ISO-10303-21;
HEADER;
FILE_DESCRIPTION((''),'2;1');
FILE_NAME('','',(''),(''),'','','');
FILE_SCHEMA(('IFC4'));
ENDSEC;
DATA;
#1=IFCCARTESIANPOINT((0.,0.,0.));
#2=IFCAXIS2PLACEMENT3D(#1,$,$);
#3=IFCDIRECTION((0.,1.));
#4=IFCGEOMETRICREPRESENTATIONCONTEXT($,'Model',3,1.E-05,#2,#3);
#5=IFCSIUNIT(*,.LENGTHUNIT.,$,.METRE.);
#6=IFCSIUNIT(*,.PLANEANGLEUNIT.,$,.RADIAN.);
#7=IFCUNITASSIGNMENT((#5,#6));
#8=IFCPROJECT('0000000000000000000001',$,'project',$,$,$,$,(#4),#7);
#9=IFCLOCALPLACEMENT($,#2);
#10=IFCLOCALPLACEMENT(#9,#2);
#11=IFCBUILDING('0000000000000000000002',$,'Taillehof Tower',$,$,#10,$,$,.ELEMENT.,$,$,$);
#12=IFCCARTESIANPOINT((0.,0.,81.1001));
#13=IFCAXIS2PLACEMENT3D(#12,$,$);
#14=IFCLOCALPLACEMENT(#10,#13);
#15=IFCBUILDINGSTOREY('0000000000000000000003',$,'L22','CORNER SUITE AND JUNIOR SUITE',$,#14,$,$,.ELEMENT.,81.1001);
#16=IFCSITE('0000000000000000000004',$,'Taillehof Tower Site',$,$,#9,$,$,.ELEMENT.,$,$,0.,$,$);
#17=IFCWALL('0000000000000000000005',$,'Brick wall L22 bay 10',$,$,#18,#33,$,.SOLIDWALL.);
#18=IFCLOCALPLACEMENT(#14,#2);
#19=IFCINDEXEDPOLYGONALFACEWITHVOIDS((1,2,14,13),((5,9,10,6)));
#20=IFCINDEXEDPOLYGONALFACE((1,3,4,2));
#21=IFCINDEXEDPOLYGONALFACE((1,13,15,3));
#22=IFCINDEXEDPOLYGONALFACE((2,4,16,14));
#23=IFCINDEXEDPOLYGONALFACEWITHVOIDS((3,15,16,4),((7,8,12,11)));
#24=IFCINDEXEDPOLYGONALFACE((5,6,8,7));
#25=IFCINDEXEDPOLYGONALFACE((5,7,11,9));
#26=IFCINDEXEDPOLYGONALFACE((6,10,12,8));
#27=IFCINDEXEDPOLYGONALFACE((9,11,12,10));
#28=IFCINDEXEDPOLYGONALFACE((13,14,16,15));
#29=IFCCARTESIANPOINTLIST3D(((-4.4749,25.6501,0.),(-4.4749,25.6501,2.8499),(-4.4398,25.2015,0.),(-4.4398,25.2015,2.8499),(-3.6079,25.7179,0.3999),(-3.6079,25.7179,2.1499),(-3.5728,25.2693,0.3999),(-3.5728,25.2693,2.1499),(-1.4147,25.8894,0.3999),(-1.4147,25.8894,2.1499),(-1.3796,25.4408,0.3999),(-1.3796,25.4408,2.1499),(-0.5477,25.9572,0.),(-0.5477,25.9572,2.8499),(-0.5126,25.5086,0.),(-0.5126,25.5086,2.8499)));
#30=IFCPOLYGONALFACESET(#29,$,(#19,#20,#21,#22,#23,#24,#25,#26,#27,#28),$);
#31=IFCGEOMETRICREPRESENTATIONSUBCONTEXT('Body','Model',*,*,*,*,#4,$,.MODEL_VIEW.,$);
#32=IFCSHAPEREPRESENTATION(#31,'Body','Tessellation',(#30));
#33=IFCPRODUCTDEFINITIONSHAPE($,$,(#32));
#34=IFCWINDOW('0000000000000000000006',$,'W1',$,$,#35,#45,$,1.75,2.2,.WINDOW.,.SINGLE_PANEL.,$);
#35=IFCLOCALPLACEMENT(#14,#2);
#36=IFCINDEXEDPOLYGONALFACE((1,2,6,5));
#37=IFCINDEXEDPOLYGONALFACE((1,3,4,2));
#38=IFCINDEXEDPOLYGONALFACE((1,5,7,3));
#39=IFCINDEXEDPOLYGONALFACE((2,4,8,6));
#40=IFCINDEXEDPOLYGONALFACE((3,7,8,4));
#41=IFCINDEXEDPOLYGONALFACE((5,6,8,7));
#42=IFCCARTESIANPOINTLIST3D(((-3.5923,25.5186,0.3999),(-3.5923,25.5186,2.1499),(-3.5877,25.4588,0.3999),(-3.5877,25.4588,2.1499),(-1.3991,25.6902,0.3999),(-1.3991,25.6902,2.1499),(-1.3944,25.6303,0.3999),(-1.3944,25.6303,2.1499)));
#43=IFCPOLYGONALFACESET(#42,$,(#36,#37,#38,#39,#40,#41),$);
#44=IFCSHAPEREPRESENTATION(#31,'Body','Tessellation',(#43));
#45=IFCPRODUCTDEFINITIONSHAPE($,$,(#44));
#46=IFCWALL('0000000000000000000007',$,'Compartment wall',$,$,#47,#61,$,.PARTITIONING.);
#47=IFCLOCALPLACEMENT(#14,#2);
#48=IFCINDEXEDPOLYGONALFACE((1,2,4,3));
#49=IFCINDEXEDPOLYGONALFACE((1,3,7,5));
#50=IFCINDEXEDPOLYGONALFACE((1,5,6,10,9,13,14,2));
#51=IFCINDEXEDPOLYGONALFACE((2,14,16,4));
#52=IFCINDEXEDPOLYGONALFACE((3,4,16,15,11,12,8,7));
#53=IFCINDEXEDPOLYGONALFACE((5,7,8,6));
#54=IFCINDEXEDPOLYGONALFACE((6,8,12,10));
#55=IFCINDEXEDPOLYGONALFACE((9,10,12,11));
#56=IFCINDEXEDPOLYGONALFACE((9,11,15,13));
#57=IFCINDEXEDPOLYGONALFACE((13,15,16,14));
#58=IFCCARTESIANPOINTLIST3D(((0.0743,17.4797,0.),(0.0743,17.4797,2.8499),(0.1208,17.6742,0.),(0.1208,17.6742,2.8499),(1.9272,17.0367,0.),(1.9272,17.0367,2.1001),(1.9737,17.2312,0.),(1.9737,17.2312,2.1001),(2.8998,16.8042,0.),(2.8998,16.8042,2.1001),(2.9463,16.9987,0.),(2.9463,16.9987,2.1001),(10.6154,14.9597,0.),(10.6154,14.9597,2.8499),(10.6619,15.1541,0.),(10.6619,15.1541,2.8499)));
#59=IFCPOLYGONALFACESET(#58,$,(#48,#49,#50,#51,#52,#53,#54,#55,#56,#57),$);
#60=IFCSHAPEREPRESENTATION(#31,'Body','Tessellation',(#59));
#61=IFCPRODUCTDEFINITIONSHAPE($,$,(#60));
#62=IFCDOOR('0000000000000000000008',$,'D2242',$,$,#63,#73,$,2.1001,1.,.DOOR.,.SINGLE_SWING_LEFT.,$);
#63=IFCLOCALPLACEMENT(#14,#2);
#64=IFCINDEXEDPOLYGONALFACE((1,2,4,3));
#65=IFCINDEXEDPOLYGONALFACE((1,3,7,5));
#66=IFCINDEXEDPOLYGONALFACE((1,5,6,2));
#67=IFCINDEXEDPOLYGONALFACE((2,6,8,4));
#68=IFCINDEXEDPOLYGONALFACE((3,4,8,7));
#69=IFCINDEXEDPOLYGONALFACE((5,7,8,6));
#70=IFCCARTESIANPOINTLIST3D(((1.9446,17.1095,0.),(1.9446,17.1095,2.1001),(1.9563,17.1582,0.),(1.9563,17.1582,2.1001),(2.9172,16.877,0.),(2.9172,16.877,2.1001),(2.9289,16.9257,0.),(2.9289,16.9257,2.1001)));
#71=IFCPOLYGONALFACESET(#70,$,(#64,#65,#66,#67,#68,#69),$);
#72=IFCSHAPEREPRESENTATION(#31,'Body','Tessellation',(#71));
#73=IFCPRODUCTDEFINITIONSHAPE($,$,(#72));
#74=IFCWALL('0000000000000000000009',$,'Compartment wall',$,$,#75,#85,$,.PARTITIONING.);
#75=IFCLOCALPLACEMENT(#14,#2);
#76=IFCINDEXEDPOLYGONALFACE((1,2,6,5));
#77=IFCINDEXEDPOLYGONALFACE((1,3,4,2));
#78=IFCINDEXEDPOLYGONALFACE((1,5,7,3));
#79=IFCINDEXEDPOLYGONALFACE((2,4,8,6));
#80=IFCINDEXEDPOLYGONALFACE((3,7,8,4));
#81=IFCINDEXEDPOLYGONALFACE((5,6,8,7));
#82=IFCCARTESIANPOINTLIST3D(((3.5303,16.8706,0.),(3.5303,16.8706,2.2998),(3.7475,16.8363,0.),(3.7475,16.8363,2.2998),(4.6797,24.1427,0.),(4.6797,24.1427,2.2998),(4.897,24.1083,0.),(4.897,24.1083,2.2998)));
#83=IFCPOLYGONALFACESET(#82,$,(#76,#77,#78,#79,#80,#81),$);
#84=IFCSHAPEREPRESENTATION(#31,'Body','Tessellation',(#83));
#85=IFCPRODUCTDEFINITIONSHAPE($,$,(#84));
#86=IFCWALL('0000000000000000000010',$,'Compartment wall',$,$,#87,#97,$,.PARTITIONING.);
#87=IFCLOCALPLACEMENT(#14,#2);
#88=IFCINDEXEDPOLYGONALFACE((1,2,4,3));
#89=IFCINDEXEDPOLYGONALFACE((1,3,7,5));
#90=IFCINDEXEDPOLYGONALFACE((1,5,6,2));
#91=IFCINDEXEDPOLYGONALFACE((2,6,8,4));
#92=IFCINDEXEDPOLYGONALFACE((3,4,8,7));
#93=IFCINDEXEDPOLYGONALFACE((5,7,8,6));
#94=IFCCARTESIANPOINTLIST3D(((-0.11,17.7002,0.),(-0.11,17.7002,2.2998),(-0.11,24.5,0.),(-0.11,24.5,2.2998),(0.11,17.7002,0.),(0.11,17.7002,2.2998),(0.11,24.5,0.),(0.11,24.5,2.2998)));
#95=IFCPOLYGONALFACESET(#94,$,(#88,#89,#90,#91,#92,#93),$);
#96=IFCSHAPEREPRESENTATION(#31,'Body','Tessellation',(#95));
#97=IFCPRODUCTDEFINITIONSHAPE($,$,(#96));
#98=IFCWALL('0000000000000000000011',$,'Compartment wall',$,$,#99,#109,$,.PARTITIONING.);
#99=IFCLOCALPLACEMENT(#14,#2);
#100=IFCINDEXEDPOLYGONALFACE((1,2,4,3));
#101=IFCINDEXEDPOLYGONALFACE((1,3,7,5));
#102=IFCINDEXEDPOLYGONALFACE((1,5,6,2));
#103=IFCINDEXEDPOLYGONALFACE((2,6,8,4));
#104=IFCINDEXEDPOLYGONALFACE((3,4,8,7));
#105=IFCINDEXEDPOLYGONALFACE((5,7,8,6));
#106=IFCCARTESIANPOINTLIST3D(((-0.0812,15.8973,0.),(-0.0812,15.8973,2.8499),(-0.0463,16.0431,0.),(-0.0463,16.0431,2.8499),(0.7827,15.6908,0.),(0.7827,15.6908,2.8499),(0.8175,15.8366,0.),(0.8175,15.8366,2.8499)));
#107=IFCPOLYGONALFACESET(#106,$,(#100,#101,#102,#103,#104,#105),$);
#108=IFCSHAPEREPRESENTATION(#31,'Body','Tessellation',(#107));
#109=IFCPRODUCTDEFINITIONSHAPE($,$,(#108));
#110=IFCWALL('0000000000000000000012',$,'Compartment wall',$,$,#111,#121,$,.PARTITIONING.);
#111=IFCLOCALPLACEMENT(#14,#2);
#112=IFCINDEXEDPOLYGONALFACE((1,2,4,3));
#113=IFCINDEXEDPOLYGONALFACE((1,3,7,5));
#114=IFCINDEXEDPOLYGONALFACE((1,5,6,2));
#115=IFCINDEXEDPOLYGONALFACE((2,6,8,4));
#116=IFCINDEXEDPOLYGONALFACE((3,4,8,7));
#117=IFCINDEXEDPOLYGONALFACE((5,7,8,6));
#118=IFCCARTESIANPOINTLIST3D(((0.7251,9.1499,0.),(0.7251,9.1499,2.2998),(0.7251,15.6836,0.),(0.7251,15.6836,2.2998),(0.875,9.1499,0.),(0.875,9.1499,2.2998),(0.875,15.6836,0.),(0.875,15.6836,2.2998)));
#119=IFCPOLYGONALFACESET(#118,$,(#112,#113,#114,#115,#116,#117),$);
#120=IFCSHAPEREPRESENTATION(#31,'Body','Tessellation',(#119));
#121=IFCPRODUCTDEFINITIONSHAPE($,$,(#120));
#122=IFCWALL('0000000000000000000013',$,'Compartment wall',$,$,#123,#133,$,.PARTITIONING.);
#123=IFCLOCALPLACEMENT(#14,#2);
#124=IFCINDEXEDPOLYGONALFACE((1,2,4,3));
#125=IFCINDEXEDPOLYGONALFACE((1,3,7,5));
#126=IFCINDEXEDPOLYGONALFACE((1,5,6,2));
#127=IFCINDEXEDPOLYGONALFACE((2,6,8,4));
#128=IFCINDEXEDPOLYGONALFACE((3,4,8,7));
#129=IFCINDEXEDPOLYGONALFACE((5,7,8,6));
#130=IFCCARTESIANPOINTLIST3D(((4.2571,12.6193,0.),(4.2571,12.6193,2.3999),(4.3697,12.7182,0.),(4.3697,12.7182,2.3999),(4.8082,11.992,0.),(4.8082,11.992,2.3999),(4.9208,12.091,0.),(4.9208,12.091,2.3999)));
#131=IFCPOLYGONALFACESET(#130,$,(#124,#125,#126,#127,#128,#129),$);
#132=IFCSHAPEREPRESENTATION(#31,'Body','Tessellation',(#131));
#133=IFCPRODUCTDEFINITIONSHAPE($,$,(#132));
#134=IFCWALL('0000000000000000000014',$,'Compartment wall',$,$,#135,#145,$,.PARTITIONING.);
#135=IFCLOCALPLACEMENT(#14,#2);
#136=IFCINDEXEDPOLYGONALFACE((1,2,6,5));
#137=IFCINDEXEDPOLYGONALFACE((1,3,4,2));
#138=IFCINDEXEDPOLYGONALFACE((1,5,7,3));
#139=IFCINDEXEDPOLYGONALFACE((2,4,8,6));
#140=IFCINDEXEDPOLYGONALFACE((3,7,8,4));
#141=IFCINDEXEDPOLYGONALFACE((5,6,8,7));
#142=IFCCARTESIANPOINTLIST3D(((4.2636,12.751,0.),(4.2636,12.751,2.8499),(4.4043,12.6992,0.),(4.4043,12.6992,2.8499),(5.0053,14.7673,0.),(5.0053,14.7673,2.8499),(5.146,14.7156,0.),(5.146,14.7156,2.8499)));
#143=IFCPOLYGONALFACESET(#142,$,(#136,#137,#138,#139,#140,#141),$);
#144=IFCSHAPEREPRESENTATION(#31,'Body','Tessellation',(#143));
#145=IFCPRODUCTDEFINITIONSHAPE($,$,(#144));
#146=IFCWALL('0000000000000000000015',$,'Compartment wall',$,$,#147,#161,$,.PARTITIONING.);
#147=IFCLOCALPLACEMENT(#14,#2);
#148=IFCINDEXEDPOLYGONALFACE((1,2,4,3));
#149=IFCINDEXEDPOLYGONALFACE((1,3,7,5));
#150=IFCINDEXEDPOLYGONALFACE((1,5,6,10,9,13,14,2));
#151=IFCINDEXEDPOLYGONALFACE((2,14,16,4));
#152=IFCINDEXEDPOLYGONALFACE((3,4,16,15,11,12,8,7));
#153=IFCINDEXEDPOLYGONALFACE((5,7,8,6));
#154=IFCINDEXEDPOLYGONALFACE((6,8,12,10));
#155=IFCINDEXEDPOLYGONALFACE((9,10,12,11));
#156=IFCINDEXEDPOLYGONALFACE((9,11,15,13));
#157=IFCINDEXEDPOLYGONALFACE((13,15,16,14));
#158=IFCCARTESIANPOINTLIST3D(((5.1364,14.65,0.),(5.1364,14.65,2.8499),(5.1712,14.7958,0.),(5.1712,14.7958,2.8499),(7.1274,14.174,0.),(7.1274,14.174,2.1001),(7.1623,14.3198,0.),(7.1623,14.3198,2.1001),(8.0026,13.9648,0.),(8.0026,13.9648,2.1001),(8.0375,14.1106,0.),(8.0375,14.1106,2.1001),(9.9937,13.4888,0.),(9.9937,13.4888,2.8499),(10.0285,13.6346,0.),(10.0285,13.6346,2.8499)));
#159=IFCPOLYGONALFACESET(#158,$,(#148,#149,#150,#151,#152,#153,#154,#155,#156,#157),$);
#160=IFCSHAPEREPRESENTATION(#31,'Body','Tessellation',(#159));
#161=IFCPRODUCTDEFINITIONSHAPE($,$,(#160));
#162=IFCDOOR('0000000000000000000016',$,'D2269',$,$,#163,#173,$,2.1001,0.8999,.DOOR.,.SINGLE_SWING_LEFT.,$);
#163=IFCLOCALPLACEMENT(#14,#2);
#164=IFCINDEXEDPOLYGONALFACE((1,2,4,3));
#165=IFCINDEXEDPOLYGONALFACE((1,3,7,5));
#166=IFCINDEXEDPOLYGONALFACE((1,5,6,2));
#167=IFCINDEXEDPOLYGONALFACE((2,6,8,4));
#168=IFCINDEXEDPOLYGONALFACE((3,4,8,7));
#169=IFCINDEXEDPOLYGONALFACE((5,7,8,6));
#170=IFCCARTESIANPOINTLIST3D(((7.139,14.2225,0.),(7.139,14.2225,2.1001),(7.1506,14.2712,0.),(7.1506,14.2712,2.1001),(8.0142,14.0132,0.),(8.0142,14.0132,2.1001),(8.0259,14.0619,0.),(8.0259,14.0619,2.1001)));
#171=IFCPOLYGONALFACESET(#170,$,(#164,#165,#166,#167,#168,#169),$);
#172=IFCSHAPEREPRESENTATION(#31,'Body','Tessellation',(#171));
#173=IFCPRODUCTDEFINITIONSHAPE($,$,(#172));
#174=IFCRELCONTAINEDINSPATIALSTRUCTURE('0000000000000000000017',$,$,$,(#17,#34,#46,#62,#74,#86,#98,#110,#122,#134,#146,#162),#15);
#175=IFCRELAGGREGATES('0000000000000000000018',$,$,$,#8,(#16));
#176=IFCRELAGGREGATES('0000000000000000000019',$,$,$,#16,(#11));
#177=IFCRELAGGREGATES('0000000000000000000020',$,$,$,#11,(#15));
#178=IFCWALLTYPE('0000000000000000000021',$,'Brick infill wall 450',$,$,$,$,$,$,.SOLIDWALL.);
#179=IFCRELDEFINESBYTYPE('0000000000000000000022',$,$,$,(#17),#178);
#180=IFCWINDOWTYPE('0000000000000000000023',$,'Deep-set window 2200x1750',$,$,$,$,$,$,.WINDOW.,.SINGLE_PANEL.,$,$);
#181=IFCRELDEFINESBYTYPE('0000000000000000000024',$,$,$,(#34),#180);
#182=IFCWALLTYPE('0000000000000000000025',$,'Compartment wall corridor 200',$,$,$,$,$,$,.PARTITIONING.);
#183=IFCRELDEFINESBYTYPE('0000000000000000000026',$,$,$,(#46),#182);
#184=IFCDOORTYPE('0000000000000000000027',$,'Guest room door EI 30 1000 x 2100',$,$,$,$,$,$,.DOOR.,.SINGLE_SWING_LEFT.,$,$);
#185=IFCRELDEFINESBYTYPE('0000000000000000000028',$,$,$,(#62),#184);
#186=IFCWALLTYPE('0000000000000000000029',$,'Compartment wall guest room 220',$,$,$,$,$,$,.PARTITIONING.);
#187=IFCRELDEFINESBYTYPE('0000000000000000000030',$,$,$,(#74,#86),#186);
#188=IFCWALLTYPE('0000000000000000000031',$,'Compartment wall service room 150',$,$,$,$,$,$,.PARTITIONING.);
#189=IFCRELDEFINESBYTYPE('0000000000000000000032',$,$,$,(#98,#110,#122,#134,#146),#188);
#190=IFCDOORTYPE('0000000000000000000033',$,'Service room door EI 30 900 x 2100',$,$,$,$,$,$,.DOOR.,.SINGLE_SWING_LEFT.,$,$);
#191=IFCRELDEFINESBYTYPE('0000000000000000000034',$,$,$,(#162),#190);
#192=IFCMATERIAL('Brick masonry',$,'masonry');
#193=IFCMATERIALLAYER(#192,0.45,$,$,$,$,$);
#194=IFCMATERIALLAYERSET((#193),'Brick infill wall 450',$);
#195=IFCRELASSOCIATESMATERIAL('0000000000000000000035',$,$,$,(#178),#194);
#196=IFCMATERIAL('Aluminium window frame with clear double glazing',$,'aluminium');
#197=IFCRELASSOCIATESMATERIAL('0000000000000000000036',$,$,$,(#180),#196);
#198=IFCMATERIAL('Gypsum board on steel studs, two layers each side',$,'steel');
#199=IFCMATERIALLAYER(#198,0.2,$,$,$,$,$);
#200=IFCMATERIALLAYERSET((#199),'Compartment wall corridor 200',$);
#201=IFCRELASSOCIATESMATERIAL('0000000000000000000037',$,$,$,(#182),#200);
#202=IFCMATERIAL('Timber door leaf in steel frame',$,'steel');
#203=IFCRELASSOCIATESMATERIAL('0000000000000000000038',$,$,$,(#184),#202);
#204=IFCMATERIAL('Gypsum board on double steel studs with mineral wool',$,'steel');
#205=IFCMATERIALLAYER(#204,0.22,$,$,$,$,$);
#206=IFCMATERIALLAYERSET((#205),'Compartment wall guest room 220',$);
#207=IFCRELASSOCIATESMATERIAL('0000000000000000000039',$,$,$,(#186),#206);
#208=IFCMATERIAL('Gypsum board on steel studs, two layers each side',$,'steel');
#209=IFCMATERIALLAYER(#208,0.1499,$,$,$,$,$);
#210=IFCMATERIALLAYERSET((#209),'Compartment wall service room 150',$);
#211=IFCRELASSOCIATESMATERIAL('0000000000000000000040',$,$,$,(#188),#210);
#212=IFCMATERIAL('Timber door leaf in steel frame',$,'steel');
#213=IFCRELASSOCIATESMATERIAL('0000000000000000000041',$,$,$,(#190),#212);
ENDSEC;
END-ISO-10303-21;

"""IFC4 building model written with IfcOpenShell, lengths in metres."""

from ifc_helpers import new_model, si_unit, direction, frame, frame_2d, origin, place, context, subcontext, project, spatial, rectangle, extrude, material, layer, layer_set, type_object, element, fill, save


model = new_model("IFC4")

# Units and contexts
model_context = context("Model", 3, precision=1e-05, world=origin(), true_north=direction((0.0, 1.0)))
body_context = subcontext(model_context, "Body", "Model", "MODEL_VIEW")
ifc_project = project(units=[si_unit("LENGTHUNIT", "METRE"), si_unit("PLANEANGLEUNIT", "RADIAN")], contexts=[model_context])

# Site, building, storey
site_placement = place(None, origin())
site = spatial("IfcSite", under=ifc_project, at=site_placement, Name="Taillehof Tower Site", CompositionType="ELEMENT", RefElevation=0.0)
building_placement = place(site_placement, origin())
building = spatial("IfcBuilding", under=site, at=building_placement, Name="Taillehof Tower", CompositionType="ELEMENT")
storey_placement = place(building_placement, frame((0.0, 0.0, 81.1001)))
storey = spatial("IfcBuildingStorey", under=building, at=storey_placement, Name="L22", Description="CORNER SUITE AND JUNIOR SUITE", CompositionType="ELEMENT", Elevation=81.1001)

# Wall, opening, window
ifc_material_1 = material(Name="Brick masonry", Category="masonry")
ifc_layer_1 = layer(ifc_material_1, 0.45)
ifc_layer_set_1 = layer_set([ifc_layer_1], Name="Brick infill wall 450")
wall_type_1 = type_object("IfcWallType", Name="Brick infill wall 450", PredefinedType="SOLIDWALL", material=ifc_layer_set_1)
ifc_material_2 = material(Name="Aluminium window frame with clear double glazing", Category="aluminium")
window_type = type_object("IfcWindowType", Name="Deep-set window 2200x1750", PartitioningType="SINGLE_PANEL", PredefinedType="WINDOW", material=ifc_material_2)
wall_1_placement = place(storey_placement, frame((-0.53, 25.7329, 0.0), z_axis=(0.0, 0.0, 1.0), x_axis=(-0.996956, -0.077967, 0.0)))
wall_1 = element("IfcWall", 1, at=wall_1_placement, inside=storey, type_object=wall_type_1, Name="Brick wall L22 bay 10", PredefinedType="SOLIDWALL", context=body_context, shape_type="SweptSolid", body=[
    extrude(rectangle(XDim=3.9392, YDim=0.45, at=frame_2d((1.9697, 0.0))), origin(), (0.0, 0.0, 1.0), 2.8499),
])
opening_1_placement = place(wall_1_placement, frame((0.8696, 0.0, 0.3999)))
opening_1 = element("IfcOpeningElement", 2, at=opening_1_placement, cuts=wall_1, PredefinedType="OPENING", context=body_context, shape_type="SweptSolid", body=[
    extrude(rectangle(XDim=2.2, YDim=1.75, at=frame_2d((1.1001, 0.875))), frame((0.0, 0.2349, 0.0), z_axis=(0.0, -1.0, 0.0), x_axis=(1.0, 0.0, 0.0)), (0.0, 0.0, 1.0), 0.47),
])
window_1_placement = place(opening_1_placement, origin())
window_1 = element("IfcWindow", 3, at=window_1_placement, inside=storey, type_object=window_type, Name="W1", OverallHeight=1.75, OverallWidth=2.2, PartitioningType="SINGLE_PANEL", PredefinedType="WINDOW", context=body_context, shape_type="SweptSolid", body=[
    extrude(rectangle(XDim=2.2, YDim=1.75, at=frame_2d((1.1001, 0.875))), frame((0.0, 0.0349, 0.0), z_axis=(0.0, -1.0, 0.0), x_axis=(1.0, 0.0, 0.0)), (0.0, 0.0, 1.0), 0.0601),
])
fill(opening_1, window_1)

# Wall, opening, door
ifc_material_3 = material(Name="Gypsum board on steel studs, two layers each side", Category="steel")
ifc_layer_2 = layer(ifc_material_3, 0.2)
ifc_layer_set_2 = layer_set([ifc_layer_2], Name="Compartment wall corridor 200")
wall_type_2 = type_object("IfcWallType", Name="Compartment wall corridor 200", PredefinedType="PARTITIONING", material=ifc_layer_set_2)
wall_2_placement = place(storey_placement, frame((0.0977, 17.5769, 0.0), z_axis=(0.0, 0.0, 1.0), x_axis=(0.972593, -0.232516, 0.0)))
wall_2 = element("IfcWall", 4, at=wall_2_placement, inside=storey, type_object=wall_type_2, Name="Compartment wall", PredefinedType="PARTITIONING", context=body_context, shape_type="SweptSolid", body=[
    extrude(rectangle(XDim=10.8381, YDim=0.2, at=frame_2d((5.4189, 0.0))), origin(), (0.0, 0.0, 1.0), 2.8499),
])
opening_2_placement = place(wall_2_placement, frame((1.905, 0.0, 0.0)))
opening_2 = element("IfcOpeningElement", 5, at=opening_2_placement, cuts=wall_2, PredefinedType="OPENING", context=body_context, shape_type="SweptSolid", body=[
    extrude(rectangle(XDim=1.0, YDim=2.1001, at=frame_2d((0.5, 1.05))), frame((0.0, 0.1099, 0.0), z_axis=(0.0, -1.0, 0.0), x_axis=(1.0, 0.0, 0.0)), (0.0, 0.0, 1.0), 0.22),
])
ifc_material_4 = material(Name="Timber door leaf in steel frame", Category="steel")
door_type_1 = type_object("IfcDoorType", Name="Guest room door EI 30 1000 x 2100", OperationType="SINGLE_SWING_LEFT", PredefinedType="DOOR", material=ifc_material_4)
door_1_placement = place(opening_2_placement, origin())
door_1 = element("IfcDoor", 6, at=door_1_placement, inside=storey, type_object=door_type_1, Name="D2242", OperationType="SINGLE_SWING_LEFT", OverallHeight=2.1001, OverallWidth=1.0, PredefinedType="DOOR", context=body_context, shape_type="SweptSolid", body=[
    extrude(rectangle(XDim=1.0, YDim=2.1001, at=frame_2d((0.5, 1.05))), frame((0.0, 0.0249, 0.0), z_axis=(0.0, -1.0, 0.0), x_axis=(1.0, 0.0, 0.0)), (0.0, 0.0, 1.0), 0.05),
])
fill(opening_2, door_1)

# Walls
ifc_material_5 = material(Name="Gypsum board on double steel studs with mineral wool", Category="steel")
ifc_layer_3 = layer(ifc_material_5, 0.22)
ifc_layer_set_3 = layer_set([ifc_layer_3], Name="Compartment wall guest room 220")
wall_type_3 = type_object("IfcWallType", Name="Compartment wall guest room 220", PredefinedType="PARTITIONING", material=ifc_layer_set_3)
wall_3_placement = place(storey_placement, frame((4.7883, 24.1255, 0.0), z_axis=(0.0, 0.0, 1.0), x_axis=(-0.156123, -0.987738, 0.0)))
element("IfcWall", 7, at=wall_3_placement, inside=storey, type_object=wall_type_3, Name="Compartment wall", PredefinedType="PARTITIONING", context=body_context, shape_type="SweptSolid", body=[
    extrude(rectangle(XDim=7.3623, YDim=0.22, at=frame_2d((3.6812, 0.0))), origin(), (0.0, 0.0, 1.0), 2.2998),
])
wall_4_placement = place(storey_placement, frame((0.0, 24.5, 0.0), z_axis=(0.0, 0.0, 1.0), x_axis=(0.0, -1.0, 0.0)))
element("IfcWall", 8, at=wall_4_placement, inside=storey, type_object=wall_type_3, Name="Compartment wall", PredefinedType="PARTITIONING", context=body_context, shape_type="SweptSolid", body=[
    extrude(rectangle(XDim=6.7998, YDim=0.22, at=frame_2d((3.3999, 0.0))), origin(), (0.0, 0.0, 1.0), 2.2998),
])
ifc_material_6 = material(Name="Gypsum board on steel studs, two layers each side", Category="steel")
ifc_layer_4 = layer(ifc_material_6, 0.1499)
ifc_layer_set_4 = layer_set([ifc_layer_4], Name="Compartment wall service room 150")
wall_type_4 = type_object("IfcWallType", Name="Compartment wall service room 150", PredefinedType="PARTITIONING", material=ifc_layer_set_4)
wall_5_placement = place(storey_placement, frame((-0.0637, 15.9702, 0.0), z_axis=(0.0, 0.0, 1.0), x_axis=(0.972582, -0.232562, 0.0)))
element("IfcWall", 9, at=wall_5_placement, inside=storey, type_object=wall_type_4, Name="Compartment wall", PredefinedType="PARTITIONING", context=body_context, shape_type="SweptSolid", body=[
    extrude(rectangle(XDim=0.8882, YDim=0.1499, at=frame_2d((0.4441, 0.0))), origin(), (0.0, 0.0, 1.0), 2.8499),
])
wall_6_placement = place(storey_placement, frame((0.8, 15.6836, 0.0), z_axis=(0.0, 0.0, 1.0), x_axis=(0.0, -1.0, 0.0)))
element("IfcWall", 10, at=wall_6_placement, inside=storey, type_object=wall_type_4, Name="Compartment wall", PredefinedType="PARTITIONING", context=body_context, shape_type="SweptSolid", body=[
    extrude(rectangle(XDim=6.5337, YDim=0.1499, at=frame_2d((3.2668, 0.0))), origin(), (0.0, 0.0, 1.0), 2.2998),
])
wall_7_placement = place(storey_placement, frame((4.8645, 12.0415, 0.0), z_axis=(0.0, 0.0, 1.0), x_axis=(-0.660015, 0.751253, 0.0)))
element("IfcWall", 11, at=wall_7_placement, inside=storey, type_object=wall_type_4, Name="Compartment wall", PredefinedType="PARTITIONING", context=body_context, shape_type="SweptSolid", body=[
    extrude(rectangle(XDim=0.835, YDim=0.1499, at=frame_2d((0.4175, 0.0))), origin(), (0.0, 0.0, 1.0), 2.3999),
])
wall_8_placement = place(storey_placement, frame((4.334, 12.7251, 0.0), z_axis=(0.0, 0.0, 1.0), x_axis=(0.345226, 0.93852, 0.0)))
element("IfcWall", 12, at=wall_8_placement, inside=storey, type_object=wall_type_4, Name="Compartment wall", PredefinedType="PARTITIONING", context=body_context, shape_type="SweptSolid", body=[
    extrude(rectangle(XDim=2.1484, YDim=0.1499, at=frame_2d((1.0742, 0.0))), origin(), (0.0, 0.0, 1.0), 2.8499),
])

# Wall, opening, door
wall_9_placement = place(storey_placement, frame((5.1538, 14.7229, 0.0), z_axis=(0.0, 0.0, 1.0), x_axis=(0.972595, -0.232504, 0.0)))
wall_9 = element("IfcWall", 13, at=wall_9_placement, inside=storey, type_object=wall_type_4, Name="Compartment wall", PredefinedType="PARTITIONING", context=body_context, shape_type="SweptSolid", body=[
    extrude(rectangle(XDim=4.9941, YDim=0.1499, at=frame_2d((2.4971, 0.0))), origin(), (0.0, 0.0, 1.0), 2.8499),
])
opening_3_placement = place(wall_9_placement, frame((2.0471, 0.0, 0.0)))
opening_3 = element("IfcOpeningElement", 14, at=opening_3_placement, cuts=wall_9, PredefinedType="OPENING", context=body_context, shape_type="SweptSolid", body=[
    extrude(rectangle(XDim=0.8999, YDim=2.1001, at=frame_2d((0.45, 1.05))), frame((0.0, 0.085, 0.0), z_axis=(0.0, -1.0, 0.0), x_axis=(1.0, 0.0, 0.0)), (0.0, 0.0, 1.0), 0.1699),
])
ifc_material_7 = material(Name="Timber door leaf in steel frame", Category="steel")
door_type_2 = type_object("IfcDoorType", Name="Service room door EI 30 900 x 2100", OperationType="SINGLE_SWING_LEFT", PredefinedType="DOOR", material=ifc_material_7)
door_2_placement = place(opening_3_placement, origin())
door_2 = element("IfcDoor", 15, at=door_2_placement, inside=storey, type_object=door_type_2, Name="D2269", OperationType="SINGLE_SWING_LEFT", OverallHeight=2.1001, OverallWidth=0.8999, PredefinedType="DOOR", context=body_context, shape_type="SweptSolid", body=[
    extrude(rectangle(XDim=0.8999, YDim=2.1001, at=frame_2d((0.45, 1.05))), frame((0.0, 0.0249, 0.0), z_axis=(0.0, -1.0, 0.0), x_axis=(1.0, 0.0, 0.0)), (0.0, 0.0, 1.0), 0.05),
])
fill(opening_3, door_2)

save(model, "model.ifc")
